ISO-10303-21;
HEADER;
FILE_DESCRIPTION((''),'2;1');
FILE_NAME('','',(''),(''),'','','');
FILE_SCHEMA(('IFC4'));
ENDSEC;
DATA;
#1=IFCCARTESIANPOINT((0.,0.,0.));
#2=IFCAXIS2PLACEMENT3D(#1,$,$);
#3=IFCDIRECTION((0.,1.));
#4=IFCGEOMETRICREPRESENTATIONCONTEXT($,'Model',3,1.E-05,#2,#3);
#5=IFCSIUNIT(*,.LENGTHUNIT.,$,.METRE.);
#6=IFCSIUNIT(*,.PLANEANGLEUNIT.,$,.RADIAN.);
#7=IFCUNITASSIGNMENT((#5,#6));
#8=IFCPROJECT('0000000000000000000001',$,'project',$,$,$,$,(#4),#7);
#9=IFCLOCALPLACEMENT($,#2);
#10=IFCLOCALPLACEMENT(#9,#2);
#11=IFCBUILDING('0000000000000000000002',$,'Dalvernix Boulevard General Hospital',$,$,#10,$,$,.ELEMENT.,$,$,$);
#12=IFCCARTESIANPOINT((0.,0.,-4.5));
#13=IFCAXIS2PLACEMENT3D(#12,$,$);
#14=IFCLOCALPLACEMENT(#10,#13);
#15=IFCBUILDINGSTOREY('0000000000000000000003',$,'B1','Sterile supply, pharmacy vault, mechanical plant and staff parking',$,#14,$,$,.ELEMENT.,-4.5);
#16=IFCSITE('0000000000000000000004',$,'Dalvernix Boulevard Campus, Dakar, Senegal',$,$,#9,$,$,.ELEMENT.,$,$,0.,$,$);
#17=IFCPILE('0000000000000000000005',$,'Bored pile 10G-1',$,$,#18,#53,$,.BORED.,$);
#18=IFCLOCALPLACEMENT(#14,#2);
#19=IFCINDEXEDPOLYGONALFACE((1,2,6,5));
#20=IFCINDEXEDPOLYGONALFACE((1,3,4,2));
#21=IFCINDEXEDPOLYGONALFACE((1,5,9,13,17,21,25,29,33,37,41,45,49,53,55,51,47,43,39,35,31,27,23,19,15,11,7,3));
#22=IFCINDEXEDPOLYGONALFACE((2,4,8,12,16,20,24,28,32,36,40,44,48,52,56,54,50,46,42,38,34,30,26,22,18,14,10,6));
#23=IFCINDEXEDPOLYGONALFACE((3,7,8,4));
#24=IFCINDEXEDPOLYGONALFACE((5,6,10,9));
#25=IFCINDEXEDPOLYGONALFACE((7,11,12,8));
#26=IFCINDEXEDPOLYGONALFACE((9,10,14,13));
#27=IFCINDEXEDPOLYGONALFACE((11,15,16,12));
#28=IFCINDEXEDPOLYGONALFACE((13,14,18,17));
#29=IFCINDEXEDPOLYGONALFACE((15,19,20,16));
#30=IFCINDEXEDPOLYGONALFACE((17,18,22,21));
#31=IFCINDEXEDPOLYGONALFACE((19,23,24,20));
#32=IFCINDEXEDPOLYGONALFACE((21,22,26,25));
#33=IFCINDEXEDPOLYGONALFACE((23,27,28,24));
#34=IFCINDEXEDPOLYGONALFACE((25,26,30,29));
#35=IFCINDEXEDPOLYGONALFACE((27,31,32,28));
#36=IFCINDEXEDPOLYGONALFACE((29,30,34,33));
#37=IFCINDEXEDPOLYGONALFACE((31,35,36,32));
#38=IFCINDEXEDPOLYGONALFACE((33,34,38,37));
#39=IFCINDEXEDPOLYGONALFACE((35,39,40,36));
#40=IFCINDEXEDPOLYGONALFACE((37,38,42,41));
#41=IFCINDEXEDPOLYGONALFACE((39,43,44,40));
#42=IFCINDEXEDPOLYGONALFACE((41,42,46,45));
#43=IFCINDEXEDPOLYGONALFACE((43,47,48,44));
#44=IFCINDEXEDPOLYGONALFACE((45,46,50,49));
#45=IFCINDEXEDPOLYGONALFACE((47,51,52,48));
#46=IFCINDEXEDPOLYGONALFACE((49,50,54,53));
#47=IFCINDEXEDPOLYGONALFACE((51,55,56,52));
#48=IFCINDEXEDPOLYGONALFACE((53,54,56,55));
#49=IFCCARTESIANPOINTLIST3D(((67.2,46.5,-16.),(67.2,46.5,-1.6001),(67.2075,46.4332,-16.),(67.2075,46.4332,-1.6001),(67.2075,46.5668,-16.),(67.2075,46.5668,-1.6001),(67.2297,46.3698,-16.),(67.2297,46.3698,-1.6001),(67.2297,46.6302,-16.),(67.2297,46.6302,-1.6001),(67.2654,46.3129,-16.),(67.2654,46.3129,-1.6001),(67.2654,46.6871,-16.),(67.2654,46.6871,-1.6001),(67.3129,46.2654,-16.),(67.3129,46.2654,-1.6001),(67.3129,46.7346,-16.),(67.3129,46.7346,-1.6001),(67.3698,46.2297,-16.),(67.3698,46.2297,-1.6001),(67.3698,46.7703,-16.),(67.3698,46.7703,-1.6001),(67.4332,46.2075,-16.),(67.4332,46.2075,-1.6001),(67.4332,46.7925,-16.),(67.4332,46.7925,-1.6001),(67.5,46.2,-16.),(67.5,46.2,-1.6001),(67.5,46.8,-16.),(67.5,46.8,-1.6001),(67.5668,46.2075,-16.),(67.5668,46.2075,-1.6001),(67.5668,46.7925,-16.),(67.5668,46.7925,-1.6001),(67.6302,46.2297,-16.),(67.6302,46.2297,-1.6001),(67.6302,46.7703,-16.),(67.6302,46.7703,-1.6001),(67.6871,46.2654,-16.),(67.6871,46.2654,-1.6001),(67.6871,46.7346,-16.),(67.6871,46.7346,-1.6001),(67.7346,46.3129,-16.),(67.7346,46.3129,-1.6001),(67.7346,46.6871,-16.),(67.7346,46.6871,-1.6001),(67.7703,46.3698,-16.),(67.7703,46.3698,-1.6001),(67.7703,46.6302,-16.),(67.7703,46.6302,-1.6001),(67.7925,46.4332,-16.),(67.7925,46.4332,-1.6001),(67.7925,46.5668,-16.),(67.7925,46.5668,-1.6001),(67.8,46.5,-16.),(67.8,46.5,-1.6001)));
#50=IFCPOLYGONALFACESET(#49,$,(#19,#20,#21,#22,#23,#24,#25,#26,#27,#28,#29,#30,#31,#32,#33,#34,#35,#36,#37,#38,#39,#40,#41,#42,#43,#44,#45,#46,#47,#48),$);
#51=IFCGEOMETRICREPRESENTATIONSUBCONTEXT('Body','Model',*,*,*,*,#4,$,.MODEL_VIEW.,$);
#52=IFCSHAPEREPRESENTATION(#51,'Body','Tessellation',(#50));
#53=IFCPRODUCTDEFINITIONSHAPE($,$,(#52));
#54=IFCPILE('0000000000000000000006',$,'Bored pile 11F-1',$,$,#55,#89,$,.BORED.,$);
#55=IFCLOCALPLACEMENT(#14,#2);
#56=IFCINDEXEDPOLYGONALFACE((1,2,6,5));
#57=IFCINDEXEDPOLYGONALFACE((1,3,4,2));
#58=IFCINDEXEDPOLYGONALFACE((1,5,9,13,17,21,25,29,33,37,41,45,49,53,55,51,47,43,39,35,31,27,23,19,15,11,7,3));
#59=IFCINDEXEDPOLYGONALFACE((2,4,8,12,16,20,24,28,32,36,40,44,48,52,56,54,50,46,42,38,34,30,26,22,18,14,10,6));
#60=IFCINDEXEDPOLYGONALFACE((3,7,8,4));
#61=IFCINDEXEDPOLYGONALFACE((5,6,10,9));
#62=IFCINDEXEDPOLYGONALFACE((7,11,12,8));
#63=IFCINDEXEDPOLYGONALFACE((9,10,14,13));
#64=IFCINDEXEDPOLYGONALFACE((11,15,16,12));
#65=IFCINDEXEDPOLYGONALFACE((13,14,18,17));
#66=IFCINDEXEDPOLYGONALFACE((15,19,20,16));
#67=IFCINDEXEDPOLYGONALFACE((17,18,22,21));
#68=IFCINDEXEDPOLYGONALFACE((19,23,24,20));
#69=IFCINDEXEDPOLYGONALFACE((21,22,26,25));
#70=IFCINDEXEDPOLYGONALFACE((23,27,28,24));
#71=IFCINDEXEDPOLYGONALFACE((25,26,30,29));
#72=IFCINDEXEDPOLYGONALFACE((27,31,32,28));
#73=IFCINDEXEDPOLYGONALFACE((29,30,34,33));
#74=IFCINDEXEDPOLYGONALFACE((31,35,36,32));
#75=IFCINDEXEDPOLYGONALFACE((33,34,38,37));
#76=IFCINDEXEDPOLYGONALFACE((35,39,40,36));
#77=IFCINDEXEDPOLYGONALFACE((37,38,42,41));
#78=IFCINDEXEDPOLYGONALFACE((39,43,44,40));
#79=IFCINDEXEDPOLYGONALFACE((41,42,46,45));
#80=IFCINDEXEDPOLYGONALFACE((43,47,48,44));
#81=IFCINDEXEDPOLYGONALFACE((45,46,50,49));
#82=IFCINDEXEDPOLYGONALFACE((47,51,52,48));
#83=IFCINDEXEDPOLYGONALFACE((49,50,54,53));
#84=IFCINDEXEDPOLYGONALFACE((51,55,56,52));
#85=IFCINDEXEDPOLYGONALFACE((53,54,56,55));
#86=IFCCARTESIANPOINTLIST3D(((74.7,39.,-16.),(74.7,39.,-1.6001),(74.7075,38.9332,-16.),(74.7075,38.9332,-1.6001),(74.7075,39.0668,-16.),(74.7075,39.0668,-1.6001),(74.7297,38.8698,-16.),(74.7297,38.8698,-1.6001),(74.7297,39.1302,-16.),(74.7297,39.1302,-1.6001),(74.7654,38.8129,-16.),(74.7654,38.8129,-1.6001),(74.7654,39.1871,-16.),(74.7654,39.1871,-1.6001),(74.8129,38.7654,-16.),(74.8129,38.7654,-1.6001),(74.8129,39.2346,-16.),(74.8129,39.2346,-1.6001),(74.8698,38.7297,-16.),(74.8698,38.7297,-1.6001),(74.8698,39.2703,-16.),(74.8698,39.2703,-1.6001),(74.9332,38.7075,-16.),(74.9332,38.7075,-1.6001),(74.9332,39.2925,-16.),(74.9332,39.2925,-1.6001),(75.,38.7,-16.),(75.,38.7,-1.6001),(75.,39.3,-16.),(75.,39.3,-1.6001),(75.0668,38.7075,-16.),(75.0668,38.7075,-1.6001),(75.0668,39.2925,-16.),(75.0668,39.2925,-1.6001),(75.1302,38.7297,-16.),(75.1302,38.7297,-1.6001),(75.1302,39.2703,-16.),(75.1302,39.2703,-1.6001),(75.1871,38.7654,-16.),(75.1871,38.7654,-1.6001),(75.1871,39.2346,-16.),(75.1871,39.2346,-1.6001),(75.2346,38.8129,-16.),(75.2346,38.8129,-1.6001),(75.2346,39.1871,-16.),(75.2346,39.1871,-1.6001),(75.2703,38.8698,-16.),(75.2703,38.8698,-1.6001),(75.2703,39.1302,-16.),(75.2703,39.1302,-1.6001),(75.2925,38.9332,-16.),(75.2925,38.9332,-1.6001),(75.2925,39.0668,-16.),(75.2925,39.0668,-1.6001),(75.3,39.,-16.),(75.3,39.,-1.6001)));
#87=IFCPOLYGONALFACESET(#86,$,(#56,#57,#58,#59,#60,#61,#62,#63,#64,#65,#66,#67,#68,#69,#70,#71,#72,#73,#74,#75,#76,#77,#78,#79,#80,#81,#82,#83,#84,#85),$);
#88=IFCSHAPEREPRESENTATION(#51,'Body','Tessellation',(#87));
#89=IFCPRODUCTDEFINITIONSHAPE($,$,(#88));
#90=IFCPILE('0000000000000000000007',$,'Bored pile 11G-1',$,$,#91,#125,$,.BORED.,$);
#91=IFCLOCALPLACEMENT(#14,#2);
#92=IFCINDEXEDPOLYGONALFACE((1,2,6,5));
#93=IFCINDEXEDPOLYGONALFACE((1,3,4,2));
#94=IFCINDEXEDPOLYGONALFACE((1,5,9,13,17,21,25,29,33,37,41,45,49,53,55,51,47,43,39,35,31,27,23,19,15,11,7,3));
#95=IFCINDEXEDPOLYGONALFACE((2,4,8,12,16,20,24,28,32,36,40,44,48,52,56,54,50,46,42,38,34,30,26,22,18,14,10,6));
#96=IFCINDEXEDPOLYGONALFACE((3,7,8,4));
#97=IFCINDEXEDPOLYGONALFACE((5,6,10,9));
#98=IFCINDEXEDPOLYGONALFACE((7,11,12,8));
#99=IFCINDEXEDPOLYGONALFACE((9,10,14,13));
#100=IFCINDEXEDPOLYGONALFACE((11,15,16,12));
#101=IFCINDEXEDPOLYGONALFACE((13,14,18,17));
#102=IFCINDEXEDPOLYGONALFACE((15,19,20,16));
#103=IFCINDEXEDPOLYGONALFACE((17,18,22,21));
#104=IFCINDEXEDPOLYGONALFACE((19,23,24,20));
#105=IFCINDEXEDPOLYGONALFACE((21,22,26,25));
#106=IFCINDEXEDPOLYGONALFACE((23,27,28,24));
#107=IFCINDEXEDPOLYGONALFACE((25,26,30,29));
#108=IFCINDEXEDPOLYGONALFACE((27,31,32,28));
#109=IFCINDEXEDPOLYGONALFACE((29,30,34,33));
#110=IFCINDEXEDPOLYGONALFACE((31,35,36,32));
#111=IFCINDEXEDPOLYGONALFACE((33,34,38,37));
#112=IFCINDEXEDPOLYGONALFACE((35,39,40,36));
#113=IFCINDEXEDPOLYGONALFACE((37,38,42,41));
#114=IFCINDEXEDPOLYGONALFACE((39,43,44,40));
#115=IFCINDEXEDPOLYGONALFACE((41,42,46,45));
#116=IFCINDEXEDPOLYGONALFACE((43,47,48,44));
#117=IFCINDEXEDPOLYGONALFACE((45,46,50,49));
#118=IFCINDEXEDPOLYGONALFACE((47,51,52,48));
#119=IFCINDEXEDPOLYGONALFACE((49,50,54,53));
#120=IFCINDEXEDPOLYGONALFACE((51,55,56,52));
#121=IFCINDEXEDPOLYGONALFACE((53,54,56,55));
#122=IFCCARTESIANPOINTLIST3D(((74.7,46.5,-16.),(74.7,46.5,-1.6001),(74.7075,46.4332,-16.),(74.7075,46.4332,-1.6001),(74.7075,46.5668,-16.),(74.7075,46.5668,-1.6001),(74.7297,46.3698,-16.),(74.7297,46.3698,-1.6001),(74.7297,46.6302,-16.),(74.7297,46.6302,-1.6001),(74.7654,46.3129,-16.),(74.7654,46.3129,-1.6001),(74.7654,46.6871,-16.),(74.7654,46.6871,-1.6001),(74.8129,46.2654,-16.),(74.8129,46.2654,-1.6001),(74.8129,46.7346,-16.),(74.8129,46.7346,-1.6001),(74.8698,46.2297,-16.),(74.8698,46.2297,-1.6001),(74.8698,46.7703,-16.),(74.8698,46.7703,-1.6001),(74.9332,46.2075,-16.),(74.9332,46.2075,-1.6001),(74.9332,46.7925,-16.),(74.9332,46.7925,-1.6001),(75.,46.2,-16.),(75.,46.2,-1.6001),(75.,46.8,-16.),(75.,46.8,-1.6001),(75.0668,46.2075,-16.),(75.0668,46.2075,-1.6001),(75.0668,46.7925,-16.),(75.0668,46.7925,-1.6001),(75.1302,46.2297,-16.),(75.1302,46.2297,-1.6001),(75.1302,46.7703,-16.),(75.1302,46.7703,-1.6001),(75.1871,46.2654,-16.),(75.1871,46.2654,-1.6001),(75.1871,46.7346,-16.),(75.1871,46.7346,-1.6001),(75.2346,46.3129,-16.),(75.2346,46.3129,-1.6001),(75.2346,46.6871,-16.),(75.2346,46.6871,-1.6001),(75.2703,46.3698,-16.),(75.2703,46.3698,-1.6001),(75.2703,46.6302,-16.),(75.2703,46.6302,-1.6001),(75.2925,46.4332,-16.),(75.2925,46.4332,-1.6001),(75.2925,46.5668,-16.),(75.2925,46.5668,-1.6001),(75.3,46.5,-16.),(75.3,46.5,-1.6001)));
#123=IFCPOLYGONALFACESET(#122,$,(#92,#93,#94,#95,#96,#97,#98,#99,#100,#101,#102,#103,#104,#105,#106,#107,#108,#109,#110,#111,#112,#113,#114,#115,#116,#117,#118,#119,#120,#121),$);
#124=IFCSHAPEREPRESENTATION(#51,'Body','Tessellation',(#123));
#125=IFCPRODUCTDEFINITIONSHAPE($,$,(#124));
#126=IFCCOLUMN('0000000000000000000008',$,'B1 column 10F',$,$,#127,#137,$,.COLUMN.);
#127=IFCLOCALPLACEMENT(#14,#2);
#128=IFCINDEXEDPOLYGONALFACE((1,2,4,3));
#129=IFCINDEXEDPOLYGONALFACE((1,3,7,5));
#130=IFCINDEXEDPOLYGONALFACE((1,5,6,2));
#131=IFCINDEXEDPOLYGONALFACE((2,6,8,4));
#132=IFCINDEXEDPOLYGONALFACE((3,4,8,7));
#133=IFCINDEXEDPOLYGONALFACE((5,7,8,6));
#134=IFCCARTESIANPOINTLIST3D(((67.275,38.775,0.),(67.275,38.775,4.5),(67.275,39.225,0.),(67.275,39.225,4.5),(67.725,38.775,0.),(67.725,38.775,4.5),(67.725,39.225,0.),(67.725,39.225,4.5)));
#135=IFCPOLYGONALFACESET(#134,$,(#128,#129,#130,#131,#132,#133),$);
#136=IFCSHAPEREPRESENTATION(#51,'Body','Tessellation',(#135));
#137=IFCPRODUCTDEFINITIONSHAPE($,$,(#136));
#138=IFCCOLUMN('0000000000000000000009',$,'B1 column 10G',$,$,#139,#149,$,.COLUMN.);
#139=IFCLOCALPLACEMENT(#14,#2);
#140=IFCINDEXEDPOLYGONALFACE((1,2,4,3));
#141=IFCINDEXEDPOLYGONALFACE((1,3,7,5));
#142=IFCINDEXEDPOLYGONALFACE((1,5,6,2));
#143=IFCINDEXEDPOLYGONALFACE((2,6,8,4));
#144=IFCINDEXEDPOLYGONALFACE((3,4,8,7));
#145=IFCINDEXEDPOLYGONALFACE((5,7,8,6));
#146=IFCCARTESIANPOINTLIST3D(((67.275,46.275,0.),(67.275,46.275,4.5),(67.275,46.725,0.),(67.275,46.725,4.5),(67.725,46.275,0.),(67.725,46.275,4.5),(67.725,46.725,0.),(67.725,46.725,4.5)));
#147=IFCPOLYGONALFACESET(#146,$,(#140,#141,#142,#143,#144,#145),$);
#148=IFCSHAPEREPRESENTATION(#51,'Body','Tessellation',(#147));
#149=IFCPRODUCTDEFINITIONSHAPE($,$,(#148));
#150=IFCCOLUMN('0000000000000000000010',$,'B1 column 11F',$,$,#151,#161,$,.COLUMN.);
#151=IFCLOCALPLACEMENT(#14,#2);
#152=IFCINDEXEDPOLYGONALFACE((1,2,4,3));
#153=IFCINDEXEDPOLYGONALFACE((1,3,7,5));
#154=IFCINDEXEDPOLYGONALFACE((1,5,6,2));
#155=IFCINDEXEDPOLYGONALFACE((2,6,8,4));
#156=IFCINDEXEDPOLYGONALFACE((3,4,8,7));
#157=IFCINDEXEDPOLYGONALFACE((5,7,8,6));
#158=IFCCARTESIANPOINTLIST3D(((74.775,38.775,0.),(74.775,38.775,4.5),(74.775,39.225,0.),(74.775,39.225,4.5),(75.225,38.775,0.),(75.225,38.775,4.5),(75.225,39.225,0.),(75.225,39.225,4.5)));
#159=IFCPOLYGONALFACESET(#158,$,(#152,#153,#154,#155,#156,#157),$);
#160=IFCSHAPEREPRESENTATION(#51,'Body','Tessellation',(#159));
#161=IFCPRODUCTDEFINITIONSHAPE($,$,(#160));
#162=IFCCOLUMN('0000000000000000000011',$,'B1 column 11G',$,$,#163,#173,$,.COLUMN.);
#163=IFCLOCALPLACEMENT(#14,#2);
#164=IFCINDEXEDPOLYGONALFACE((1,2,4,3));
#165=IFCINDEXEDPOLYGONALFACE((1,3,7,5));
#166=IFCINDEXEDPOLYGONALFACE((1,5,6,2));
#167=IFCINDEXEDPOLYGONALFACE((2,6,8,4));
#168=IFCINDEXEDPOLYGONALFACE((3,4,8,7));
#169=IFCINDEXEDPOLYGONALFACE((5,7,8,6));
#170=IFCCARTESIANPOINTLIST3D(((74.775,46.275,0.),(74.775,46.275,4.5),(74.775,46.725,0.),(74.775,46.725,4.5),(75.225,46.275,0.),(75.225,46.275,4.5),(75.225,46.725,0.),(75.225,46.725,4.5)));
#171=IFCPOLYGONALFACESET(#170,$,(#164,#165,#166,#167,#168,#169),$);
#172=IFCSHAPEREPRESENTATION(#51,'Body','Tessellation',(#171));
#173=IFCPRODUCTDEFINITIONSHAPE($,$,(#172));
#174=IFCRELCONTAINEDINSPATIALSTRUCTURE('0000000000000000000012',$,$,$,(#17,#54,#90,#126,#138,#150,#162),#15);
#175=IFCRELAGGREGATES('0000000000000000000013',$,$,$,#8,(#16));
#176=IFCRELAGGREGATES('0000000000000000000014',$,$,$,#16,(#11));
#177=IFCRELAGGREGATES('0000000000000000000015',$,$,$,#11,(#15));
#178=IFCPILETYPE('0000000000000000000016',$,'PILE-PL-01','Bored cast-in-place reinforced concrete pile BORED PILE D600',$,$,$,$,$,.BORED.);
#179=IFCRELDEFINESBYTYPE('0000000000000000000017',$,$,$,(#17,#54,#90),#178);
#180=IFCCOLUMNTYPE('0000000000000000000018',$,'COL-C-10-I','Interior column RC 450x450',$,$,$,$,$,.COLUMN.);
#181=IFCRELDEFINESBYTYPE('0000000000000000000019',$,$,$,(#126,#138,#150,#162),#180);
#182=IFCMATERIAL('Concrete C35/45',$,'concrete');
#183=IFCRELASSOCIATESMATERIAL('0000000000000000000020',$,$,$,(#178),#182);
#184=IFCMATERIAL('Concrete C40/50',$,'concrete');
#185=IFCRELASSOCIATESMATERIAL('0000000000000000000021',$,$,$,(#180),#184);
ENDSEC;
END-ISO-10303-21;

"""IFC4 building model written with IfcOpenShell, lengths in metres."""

from ifc_helpers import new_model, si_unit, direction, frame, origin, origin_2d, place, context, subcontext, project, spatial, rectangle, circle, extrude, material, material_profile, profile_set, type_object, element, save


model = new_model("IFC4")

# Units and contexts
model_context = context("Model", 3, precision=1e-05, world=origin(), true_north=direction((0.0, 1.0)))
body_context = subcontext(model_context, "Body", "Model", "MODEL_VIEW")
ifc_project = project(units=[si_unit("LENGTHUNIT", "METRE"), si_unit("PLANEANGLEUNIT", "RADIAN")], contexts=[model_context])

# Site, building, storey
site_placement = place(None, origin())
site = spatial("IfcSite", under=ifc_project, at=site_placement, Name="Dalvernix Boulevard Campus, Dakar, Senegal", CompositionType="ELEMENT", RefElevation=0.0)
building_placement = place(site_placement, origin())
building = spatial("IfcBuilding", under=site, at=building_placement, Name="Dalvernix Boulevard General Hospital", CompositionType="ELEMENT")
storey_placement = place(building_placement, frame((0.0, 0.0, -4.5)))
storey = spatial("IfcBuildingStorey", under=building, at=storey_placement, Name="B1", Description="Sterile supply, pharmacy vault, mechanical plant and staff parking", CompositionType="ELEMENT", Elevation=-4.5)

# Shared definitions
ifc_material_1 = material(Name="Concrete C35/45", Category="concrete")
ifc_material_2 = material(Name="Concrete C40/50", Category="concrete")

# Piles
ifc_material_profile_1 = material_profile(ifc_material_1, circle(Radius=0.3, at=origin_2d()), Name="BORED PILE D600")
ifc_profile_set_1 = profile_set([ifc_material_profile_1], Name="Concrete C35/45")
pile_type = type_object("IfcPileType", Name="PILE-PL-01", Description="Bored cast-in-place reinforced concrete pile BORED PILE D600", PredefinedType="BORED", material=ifc_profile_set_1)
for number, where, z_axis, x_axis, name in (
    (1, (67.5, 46.5, -1.6001), (0.0, 0.0, -1.0), (1.0, 0.0, 0.0), "Bored pile 10G-1"),
    (2, (75.0, 39.0, -1.6001), (0.0, 0.0, -1.0), (1.0, 0.0, 0.0), "Bored pile 11F-1"),
    (3, (75.0, 46.5, -1.6001), (0.0, 0.0, -1.0), (1.0, 0.0, 0.0), "Bored pile 11G-1"),
):
    element("IfcPile", number, at=place(storey_placement, frame(where, z_axis=z_axis, x_axis=x_axis)), inside=storey, type_object=pile_type, Name=name, PredefinedType="BORED", context=body_context, shape_type="SweptSolid", body=[
        extrude(circle(Radius=0.3, at=origin_2d()), origin(), (0.0, 0.0, 1.0), 14.3999),
    ])

# Columns
ifc_material_profile_2 = material_profile(ifc_material_2, rectangle(XDim=0.45, YDim=0.45, at=origin_2d()), Name="RC 450x450")
ifc_profile_set_2 = profile_set([ifc_material_profile_2], Name="Concrete C40/50")
column_type = type_object("IfcColumnType", Name="COL-C-10-I", Description="Interior column RC 450x450", PredefinedType="COLUMN", material=ifc_profile_set_2)
for number, where, z_axis, x_axis, name in (
    (4, (67.5, 39.0, 0.0), (0.0, 0.0, 1.0), (1.0, 0.0, 0.0), "B1 column 10F"),
    (5, (67.5, 46.5, 0.0), (0.0, 0.0, 1.0), (1.0, 0.0, 0.0), "B1 column 10G"),
    (6, (75.0, 39.0, 0.0), (0.0, 0.0, 1.0), (1.0, 0.0, 0.0), "B1 column 11F"),
    (7, (75.0, 46.5, 0.0), (0.0, 0.0, 1.0), (1.0, 0.0, 0.0), "B1 column 11G"),
):
    element("IfcColumn", number, at=place(storey_placement, frame(where, z_axis=z_axis, x_axis=x_axis)), inside=storey, type_object=column_type, Name=name, PredefinedType="COLUMN", context=body_context, shape_type="SweptSolid", body=[
        extrude(rectangle(XDim=0.45, YDim=0.45, at=origin_2d()), origin(), (0.0, 0.0, 1.0), 4.5),
    ])

save(model, "model.ifc")
